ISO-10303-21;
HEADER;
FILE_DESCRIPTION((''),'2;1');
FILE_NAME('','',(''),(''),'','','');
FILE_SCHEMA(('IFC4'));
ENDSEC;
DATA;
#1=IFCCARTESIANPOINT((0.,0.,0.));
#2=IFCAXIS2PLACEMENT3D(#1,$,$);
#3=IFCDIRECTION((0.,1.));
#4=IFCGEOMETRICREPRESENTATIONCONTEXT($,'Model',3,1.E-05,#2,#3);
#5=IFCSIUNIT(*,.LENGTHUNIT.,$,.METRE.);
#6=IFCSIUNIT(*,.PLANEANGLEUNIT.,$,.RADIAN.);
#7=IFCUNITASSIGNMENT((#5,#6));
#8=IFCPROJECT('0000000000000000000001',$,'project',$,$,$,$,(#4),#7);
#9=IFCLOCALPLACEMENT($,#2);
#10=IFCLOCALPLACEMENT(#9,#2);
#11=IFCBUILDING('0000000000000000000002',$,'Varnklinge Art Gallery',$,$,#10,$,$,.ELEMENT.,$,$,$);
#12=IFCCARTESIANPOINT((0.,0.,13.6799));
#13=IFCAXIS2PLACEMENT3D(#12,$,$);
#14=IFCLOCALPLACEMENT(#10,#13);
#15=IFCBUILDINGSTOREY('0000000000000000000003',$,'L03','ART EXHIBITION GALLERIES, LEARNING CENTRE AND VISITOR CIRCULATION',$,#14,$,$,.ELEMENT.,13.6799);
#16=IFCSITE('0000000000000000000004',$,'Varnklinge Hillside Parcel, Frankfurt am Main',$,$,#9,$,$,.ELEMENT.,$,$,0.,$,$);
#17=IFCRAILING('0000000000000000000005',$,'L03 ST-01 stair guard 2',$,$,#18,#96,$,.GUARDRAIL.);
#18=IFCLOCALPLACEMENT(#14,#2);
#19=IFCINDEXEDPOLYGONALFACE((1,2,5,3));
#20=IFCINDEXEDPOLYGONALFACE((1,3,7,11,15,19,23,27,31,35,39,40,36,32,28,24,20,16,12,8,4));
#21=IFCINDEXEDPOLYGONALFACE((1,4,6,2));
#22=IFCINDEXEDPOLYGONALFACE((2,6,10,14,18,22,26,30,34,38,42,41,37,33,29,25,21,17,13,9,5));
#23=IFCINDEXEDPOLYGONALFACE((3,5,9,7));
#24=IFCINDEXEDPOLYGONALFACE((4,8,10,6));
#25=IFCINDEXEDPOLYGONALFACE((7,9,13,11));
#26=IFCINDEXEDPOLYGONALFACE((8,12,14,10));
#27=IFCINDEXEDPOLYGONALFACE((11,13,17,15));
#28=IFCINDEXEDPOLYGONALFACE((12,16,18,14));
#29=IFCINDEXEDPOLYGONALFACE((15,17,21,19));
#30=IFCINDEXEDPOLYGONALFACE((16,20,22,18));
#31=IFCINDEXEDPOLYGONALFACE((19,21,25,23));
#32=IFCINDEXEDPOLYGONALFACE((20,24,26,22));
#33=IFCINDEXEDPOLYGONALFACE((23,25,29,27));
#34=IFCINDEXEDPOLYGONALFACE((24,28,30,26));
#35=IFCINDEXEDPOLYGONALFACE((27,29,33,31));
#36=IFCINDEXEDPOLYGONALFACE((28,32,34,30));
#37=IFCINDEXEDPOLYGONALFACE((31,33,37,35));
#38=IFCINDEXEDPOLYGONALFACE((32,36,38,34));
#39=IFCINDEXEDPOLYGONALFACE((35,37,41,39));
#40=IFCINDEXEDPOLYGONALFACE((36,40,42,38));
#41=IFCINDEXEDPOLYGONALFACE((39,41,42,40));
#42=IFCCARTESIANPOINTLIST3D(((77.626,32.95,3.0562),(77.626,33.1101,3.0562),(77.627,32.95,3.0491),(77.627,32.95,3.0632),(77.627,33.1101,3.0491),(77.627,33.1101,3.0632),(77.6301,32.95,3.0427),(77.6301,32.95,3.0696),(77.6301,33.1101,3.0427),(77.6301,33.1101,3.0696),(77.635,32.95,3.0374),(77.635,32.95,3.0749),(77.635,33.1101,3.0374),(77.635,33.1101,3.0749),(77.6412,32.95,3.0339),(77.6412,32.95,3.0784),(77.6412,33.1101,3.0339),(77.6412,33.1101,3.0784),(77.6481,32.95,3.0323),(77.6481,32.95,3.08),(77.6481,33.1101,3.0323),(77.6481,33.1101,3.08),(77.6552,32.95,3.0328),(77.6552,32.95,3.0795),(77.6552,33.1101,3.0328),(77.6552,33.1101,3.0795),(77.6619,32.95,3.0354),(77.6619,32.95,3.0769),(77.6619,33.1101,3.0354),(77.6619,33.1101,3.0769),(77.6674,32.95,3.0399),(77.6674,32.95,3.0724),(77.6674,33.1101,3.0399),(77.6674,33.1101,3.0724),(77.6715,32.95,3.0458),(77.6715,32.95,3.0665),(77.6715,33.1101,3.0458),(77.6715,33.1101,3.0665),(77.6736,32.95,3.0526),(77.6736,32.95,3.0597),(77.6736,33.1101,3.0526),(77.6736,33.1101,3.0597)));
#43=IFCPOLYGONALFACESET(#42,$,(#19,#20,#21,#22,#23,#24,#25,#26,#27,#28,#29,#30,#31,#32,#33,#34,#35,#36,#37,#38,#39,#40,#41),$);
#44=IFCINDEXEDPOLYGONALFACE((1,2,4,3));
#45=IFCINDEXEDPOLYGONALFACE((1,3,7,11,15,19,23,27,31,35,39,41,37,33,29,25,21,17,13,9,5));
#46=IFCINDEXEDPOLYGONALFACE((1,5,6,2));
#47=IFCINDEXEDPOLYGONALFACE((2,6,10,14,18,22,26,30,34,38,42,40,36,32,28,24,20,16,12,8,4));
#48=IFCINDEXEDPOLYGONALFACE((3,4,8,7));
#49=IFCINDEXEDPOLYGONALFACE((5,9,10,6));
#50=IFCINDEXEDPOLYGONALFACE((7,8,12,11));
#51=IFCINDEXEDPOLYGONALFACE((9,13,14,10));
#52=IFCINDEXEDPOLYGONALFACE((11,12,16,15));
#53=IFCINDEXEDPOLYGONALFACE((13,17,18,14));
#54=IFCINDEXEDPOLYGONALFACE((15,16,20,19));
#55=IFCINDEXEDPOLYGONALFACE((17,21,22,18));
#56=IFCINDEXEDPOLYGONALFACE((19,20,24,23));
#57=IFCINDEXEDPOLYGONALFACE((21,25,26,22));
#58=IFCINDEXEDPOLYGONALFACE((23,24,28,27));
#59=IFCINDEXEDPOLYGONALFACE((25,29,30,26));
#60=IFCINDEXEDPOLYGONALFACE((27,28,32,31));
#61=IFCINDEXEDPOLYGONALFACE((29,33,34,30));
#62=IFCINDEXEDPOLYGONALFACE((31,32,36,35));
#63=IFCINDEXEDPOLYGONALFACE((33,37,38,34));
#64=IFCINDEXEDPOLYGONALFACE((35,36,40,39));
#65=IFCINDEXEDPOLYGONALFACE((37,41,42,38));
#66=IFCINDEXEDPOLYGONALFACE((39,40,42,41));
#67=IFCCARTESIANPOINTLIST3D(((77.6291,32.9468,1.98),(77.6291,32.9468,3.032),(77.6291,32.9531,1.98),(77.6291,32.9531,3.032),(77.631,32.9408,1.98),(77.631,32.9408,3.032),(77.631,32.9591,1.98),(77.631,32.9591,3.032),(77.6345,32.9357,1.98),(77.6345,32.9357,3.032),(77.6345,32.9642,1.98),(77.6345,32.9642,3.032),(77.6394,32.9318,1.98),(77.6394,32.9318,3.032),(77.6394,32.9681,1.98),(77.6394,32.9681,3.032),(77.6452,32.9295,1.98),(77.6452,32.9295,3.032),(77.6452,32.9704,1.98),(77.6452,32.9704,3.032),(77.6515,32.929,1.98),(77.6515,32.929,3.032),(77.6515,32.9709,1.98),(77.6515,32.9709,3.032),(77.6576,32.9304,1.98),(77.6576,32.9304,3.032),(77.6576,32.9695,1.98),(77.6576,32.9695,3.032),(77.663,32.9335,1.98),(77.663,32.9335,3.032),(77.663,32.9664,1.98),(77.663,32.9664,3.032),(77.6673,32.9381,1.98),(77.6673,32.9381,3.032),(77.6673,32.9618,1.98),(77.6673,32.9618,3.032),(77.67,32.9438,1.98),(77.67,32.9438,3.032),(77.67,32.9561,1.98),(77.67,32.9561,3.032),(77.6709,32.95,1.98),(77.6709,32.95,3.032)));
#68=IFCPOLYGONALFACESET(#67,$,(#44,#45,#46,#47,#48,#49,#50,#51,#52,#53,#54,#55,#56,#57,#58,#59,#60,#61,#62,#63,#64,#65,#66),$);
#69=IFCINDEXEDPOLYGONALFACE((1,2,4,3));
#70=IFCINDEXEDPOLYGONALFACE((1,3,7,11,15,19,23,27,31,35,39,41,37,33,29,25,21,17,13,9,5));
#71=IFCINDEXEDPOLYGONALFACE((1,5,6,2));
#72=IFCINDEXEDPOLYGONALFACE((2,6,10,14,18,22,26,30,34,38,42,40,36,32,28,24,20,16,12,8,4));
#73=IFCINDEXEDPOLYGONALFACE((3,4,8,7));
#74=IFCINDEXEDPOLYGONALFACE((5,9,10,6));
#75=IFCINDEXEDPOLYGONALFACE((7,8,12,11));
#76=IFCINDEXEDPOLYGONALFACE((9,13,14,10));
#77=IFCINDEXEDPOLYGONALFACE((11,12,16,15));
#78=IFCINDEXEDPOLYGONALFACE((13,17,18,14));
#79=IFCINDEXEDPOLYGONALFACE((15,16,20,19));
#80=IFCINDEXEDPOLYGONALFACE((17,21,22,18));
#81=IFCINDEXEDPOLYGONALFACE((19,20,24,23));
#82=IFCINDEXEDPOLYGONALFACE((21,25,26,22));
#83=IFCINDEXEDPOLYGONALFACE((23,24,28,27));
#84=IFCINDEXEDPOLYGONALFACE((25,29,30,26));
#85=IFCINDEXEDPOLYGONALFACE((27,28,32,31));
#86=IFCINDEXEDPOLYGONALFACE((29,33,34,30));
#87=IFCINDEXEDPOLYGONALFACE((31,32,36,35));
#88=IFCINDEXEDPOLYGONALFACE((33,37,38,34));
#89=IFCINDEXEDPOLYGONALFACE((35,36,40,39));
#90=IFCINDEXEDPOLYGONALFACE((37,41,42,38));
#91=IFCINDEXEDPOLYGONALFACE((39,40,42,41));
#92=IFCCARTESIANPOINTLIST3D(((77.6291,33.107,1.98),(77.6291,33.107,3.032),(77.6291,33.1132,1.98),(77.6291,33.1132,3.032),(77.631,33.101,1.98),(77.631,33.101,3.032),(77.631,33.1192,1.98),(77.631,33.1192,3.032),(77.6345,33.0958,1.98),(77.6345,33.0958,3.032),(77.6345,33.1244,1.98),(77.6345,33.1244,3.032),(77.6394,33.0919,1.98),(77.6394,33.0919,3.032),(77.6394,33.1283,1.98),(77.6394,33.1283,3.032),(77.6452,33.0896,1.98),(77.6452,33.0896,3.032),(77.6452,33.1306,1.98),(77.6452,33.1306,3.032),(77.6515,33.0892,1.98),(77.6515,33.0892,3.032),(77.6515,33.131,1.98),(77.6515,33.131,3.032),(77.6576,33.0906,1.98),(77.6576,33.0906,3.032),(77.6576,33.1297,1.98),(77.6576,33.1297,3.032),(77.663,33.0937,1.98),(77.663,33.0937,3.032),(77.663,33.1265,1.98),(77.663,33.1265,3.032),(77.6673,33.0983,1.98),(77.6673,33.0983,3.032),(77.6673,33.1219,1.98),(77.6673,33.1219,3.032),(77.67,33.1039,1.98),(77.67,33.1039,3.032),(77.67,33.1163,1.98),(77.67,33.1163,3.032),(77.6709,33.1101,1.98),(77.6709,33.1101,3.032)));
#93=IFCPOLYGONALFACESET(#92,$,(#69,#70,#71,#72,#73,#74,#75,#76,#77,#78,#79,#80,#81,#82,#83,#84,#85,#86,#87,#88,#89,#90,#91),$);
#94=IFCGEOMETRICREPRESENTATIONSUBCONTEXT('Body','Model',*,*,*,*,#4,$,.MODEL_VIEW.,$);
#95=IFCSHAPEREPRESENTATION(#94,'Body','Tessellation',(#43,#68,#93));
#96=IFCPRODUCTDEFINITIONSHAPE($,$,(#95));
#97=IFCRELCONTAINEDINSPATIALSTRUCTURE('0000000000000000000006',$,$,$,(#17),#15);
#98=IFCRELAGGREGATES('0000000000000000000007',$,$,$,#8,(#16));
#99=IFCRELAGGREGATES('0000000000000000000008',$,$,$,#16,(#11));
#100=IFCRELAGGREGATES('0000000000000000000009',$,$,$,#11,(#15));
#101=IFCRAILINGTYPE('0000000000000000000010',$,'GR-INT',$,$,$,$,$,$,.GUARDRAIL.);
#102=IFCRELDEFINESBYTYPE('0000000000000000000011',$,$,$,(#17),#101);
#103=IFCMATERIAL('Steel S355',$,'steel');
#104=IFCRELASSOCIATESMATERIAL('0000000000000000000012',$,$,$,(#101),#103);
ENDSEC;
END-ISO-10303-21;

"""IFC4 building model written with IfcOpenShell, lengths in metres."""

from ifc_helpers import new_model, si_unit, direction, frame, origin, origin_2d, place, context, subcontext, project, spatial, circle, extrude, material, type_object, element, save


model = new_model("IFC4")

# Units and contexts
model_context = context("Model", 3, precision=1e-05, world=origin(), true_north=direction((0.0, 1.0)))
body_context = subcontext(model_context, "Body", "Model", "MODEL_VIEW")
ifc_project = project(units=[si_unit("LENGTHUNIT", "METRE"), si_unit("PLANEANGLEUNIT", "RADIAN")], contexts=[model_context])

# Site, building, storey
site_placement = place(None, origin())
site = spatial("IfcSite", under=ifc_project, at=site_placement, Name="Varnklinge Hillside Parcel, Frankfurt am Main", CompositionType="ELEMENT", RefElevation=0.0)
building_placement = place(site_placement, origin())
building = spatial("IfcBuilding", under=site, at=building_placement, Name="Varnklinge Art Gallery", CompositionType="ELEMENT")
storey_placement = place(building_placement, frame((0.0, 0.0, 13.6799)))
storey = spatial("IfcBuildingStorey", under=building, at=storey_placement, Name="L03", Description="ART EXHIBITION GALLERIES, LEARNING CENTRE AND VISITOR CIRCULATION", CompositionType="ELEMENT", Elevation=13.6799)

# Railing
ifc_material_1 = material(Name="Steel S355", Category="steel")
railing_type_1 = type_object("IfcRailingType", Name="GR-INT", PredefinedType="GUARDRAIL", material=ifc_material_1)
railing_1_placement = place(storey_placement, frame((77.6499, 32.95, 1.98)))
element("IfcRailing", 1, at=railing_1_placement, inside=storey, type_object=railing_type_1, Name="L03 ST-01 stair guard 2", PredefinedType="GUARDRAIL", context=body_context, shape_type="SweptSolid", body=[
    extrude(circle(Radius=0.0239, at=origin_2d()), frame((0.0, 0.0, 1.0762), z_axis=(0.0, 1.0, 0.0), x_axis=(-1.0, 0.0, 0.0)), (0.0, 0.0, 1.0), 0.1602),
    extrude(circle(Radius=0.021, at=origin_2d()), origin(), (0.0, 0.0, 1.0), 1.052),
    extrude(circle(Radius=0.021, at=origin_2d()), frame((0.0, 0.1602, 0.0)), (0.0, 0.0, 1.0), 1.052),
])

save(model, "model.ifc")
